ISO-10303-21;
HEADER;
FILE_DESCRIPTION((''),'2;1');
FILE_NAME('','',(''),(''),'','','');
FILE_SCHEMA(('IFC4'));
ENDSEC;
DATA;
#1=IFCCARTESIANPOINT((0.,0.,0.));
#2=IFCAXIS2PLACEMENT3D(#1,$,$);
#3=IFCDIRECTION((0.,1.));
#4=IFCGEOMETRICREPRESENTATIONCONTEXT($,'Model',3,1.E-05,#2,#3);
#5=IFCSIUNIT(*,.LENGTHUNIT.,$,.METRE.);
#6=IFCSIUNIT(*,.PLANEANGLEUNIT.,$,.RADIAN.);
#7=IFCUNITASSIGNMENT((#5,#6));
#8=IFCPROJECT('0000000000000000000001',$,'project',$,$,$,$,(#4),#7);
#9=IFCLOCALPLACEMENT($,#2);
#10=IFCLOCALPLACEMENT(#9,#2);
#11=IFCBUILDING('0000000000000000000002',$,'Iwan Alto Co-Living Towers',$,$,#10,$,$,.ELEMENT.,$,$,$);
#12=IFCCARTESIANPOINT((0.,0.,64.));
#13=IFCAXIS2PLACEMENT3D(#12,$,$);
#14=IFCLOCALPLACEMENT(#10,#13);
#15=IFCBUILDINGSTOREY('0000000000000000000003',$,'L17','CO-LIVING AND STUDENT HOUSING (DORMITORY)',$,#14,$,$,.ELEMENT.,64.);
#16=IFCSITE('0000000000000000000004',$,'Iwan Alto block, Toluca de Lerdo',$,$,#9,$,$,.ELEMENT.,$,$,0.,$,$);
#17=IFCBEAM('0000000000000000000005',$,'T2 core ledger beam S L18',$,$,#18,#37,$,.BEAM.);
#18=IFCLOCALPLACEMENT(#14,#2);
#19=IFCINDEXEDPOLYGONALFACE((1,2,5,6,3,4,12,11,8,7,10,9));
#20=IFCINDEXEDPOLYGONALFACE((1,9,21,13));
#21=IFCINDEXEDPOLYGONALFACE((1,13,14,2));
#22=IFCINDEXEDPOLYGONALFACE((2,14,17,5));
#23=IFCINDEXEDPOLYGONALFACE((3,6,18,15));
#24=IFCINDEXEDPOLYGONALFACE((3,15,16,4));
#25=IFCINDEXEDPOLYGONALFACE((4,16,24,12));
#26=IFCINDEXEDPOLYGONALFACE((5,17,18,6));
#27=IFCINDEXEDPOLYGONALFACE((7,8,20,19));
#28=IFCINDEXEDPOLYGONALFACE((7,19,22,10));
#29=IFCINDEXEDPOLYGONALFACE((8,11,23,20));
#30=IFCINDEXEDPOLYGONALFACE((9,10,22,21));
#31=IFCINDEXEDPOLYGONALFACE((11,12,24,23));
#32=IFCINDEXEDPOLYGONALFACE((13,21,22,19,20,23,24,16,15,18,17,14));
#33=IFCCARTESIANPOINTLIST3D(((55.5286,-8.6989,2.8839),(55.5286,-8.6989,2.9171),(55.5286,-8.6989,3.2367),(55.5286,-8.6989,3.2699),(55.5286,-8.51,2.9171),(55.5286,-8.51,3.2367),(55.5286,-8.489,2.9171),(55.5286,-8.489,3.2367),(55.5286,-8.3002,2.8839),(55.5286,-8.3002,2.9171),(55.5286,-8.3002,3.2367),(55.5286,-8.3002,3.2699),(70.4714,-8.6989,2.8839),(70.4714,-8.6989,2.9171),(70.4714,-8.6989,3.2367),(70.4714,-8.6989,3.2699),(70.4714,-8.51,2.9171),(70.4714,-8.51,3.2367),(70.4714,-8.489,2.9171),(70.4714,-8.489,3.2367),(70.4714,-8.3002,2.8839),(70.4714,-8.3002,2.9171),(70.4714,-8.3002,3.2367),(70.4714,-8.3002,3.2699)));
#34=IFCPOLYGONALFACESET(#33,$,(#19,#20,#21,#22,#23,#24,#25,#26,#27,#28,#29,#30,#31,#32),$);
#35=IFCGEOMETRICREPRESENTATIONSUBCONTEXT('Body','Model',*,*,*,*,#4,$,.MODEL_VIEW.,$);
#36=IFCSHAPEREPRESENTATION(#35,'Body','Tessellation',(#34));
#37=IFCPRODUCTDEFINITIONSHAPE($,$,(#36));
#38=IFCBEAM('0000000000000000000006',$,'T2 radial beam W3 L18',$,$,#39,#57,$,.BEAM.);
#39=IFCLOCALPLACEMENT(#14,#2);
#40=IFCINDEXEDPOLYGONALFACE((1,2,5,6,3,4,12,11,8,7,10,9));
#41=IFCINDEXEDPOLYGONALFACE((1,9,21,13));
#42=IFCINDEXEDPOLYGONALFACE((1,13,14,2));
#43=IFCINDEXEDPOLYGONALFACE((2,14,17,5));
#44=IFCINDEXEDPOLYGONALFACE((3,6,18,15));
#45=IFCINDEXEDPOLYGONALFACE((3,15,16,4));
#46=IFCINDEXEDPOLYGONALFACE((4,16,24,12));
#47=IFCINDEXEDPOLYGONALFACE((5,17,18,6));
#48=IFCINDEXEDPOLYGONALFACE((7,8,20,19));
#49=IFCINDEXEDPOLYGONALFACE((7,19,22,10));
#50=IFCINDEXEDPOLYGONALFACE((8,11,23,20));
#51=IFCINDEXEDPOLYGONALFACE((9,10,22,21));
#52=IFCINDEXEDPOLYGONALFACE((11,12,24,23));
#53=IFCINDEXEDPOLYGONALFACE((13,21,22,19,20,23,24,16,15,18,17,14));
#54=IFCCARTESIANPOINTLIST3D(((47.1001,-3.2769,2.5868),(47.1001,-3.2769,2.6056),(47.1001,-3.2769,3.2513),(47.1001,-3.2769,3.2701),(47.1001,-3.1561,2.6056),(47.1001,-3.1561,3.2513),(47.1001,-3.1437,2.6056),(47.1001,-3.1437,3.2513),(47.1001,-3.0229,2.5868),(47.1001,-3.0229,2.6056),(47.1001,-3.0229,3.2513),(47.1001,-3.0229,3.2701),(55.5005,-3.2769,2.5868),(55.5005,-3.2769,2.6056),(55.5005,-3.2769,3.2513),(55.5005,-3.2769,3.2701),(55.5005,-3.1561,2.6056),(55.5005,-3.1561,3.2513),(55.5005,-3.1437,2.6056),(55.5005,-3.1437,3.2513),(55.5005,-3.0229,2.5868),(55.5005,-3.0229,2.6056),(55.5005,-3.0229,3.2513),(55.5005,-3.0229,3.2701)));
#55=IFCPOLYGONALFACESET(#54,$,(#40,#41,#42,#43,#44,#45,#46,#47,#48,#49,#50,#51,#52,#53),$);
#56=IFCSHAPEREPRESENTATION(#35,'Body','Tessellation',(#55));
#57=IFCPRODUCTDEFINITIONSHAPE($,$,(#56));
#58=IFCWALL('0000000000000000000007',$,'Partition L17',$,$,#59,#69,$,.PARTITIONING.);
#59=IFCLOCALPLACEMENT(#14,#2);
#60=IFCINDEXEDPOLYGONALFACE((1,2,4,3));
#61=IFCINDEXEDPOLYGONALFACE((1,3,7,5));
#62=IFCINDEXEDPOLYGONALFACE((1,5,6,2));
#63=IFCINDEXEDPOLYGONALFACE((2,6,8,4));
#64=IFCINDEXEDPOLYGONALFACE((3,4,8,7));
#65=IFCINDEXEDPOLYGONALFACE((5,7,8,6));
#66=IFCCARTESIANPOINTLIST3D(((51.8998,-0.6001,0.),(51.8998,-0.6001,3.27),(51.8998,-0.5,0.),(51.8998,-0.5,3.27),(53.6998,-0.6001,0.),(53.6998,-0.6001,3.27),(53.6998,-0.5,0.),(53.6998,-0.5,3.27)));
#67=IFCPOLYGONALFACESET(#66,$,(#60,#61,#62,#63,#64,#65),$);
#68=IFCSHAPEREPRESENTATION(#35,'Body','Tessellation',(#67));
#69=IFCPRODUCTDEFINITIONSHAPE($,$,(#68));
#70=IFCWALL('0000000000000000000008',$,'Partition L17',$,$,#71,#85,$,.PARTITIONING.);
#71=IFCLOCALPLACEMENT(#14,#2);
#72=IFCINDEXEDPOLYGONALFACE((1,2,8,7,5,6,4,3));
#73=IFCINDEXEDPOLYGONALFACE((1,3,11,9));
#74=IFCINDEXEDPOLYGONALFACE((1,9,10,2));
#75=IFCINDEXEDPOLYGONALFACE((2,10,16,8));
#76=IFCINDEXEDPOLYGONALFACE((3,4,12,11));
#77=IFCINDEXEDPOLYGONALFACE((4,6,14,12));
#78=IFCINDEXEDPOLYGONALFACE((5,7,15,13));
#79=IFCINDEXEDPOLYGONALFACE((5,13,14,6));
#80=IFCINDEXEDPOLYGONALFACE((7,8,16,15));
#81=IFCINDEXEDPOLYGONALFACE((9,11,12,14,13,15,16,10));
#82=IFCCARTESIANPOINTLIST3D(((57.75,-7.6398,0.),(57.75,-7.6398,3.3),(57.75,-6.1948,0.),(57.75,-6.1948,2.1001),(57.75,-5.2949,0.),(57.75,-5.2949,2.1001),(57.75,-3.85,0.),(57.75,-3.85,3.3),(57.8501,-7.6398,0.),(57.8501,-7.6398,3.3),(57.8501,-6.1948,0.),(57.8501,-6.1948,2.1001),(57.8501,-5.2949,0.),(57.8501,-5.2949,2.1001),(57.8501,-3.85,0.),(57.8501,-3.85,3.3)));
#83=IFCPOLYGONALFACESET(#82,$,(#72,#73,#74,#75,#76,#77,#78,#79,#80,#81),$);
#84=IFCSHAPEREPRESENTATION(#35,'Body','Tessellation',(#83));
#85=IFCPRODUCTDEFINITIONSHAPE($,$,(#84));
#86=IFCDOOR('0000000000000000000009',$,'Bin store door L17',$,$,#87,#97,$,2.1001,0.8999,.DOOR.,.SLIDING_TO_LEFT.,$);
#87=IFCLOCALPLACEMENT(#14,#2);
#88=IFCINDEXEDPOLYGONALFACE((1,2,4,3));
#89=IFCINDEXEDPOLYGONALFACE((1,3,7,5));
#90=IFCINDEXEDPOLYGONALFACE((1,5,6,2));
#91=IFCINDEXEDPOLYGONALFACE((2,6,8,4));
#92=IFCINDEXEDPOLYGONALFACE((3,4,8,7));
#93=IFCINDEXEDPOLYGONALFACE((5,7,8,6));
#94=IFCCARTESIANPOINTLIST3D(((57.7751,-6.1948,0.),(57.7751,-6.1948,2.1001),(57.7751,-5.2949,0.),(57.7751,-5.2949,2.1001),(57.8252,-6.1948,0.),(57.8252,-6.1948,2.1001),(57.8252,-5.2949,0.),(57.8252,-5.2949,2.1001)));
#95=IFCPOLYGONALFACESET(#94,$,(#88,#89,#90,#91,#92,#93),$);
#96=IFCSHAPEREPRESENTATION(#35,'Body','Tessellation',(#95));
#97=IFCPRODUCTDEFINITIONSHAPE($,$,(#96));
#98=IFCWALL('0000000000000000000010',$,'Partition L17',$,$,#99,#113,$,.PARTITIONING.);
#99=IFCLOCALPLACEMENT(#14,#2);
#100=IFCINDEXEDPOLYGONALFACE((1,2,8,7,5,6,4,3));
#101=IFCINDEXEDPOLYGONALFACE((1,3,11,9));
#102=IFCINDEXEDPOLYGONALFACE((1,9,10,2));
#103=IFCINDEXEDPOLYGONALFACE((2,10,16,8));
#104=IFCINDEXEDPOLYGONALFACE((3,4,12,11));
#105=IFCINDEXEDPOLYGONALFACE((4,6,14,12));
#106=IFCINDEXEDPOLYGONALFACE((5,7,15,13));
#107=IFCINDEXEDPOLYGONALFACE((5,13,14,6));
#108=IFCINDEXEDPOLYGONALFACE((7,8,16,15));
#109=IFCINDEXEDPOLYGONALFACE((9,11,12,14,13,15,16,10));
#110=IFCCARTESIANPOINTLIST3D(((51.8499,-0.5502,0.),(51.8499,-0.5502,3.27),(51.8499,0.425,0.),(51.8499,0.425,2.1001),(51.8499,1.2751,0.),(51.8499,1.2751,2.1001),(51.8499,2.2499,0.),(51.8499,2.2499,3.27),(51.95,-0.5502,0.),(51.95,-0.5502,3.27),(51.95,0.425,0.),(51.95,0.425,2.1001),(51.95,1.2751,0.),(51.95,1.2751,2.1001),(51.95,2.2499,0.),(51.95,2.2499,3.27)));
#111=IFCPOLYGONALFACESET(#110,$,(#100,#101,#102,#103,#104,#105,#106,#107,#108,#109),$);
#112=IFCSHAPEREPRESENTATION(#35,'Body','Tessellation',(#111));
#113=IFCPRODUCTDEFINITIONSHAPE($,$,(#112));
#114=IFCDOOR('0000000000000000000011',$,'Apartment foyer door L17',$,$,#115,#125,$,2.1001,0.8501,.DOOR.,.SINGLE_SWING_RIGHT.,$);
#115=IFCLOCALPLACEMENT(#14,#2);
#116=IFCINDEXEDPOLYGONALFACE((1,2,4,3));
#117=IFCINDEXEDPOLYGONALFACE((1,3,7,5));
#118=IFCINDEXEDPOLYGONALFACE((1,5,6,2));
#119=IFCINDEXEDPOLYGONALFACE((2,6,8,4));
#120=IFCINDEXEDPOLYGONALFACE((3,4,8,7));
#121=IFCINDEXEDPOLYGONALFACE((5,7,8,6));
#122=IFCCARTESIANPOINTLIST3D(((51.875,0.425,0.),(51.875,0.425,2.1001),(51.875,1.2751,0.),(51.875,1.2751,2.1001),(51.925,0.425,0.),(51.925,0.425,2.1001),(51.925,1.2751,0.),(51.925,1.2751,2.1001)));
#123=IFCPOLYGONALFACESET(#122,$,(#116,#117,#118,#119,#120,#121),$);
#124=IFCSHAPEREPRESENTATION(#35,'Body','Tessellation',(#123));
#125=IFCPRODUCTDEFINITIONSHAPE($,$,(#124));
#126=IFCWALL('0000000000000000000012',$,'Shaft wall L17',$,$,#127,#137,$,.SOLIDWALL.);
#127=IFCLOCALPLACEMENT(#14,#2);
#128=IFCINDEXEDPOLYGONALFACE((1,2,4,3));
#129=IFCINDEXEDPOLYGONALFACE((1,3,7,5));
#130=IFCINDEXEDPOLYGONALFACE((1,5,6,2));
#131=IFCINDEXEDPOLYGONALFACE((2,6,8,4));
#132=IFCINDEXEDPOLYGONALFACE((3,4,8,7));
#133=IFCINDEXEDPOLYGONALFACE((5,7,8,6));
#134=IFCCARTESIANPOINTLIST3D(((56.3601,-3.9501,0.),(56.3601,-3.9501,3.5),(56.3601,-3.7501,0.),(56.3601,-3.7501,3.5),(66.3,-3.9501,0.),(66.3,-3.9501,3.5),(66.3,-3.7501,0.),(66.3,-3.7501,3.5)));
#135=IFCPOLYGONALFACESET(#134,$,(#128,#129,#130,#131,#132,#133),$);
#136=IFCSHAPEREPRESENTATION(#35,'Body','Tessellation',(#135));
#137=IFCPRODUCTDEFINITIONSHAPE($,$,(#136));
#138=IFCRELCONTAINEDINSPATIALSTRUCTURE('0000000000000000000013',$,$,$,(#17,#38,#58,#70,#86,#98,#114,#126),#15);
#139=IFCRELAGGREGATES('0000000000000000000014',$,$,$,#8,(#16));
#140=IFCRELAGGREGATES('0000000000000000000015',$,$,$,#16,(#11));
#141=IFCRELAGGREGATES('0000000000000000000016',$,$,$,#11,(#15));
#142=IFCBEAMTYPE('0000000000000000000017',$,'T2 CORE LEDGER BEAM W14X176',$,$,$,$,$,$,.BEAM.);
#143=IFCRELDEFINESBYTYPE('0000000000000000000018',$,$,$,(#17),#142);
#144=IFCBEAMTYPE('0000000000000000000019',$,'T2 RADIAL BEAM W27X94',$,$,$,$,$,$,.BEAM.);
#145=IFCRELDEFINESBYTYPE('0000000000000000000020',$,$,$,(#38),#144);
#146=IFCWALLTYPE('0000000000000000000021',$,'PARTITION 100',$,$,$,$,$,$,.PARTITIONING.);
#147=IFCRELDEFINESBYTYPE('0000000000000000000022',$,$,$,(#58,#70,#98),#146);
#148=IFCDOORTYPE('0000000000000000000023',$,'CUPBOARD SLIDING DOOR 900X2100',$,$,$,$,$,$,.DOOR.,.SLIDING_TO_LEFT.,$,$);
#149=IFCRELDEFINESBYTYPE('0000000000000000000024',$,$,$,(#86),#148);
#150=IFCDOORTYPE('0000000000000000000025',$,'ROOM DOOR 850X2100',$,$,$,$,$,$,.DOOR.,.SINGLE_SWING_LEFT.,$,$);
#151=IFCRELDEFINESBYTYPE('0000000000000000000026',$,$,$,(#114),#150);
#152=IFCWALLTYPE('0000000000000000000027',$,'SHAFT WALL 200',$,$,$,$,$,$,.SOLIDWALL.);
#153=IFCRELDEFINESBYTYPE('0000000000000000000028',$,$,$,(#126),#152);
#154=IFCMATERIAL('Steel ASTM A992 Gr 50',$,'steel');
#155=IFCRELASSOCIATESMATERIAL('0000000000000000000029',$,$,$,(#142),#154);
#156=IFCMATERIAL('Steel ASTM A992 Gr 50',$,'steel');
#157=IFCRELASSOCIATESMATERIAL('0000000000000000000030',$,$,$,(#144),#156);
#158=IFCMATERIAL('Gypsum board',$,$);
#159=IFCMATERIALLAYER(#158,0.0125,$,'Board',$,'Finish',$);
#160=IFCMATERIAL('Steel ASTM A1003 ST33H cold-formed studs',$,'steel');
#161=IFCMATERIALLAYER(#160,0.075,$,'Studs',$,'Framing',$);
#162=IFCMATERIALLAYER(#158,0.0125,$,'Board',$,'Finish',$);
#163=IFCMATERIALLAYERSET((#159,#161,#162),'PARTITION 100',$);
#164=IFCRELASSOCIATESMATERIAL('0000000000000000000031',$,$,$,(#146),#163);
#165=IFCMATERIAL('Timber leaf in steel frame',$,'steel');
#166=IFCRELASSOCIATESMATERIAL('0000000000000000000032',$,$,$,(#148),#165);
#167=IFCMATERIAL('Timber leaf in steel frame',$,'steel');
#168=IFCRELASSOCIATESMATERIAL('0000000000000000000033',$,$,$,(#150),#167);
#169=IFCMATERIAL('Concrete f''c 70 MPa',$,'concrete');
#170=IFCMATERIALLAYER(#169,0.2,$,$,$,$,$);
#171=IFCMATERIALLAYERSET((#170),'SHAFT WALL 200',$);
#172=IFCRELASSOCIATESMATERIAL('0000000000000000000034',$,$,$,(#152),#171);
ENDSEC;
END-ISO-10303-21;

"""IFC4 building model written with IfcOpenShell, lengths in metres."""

from ifc_helpers import new_model, si_unit, direction, frame, frame_2d, origin, origin_2d, place, context, subcontext, project, spatial, rectangle, i_section, extrude, material, layer, layer_set, material_profile, profile_set, type_object, element, fill, save


model = new_model("IFC4")

# Units and contexts
model_context = context("Model", 3, precision=1e-05, world=origin(), true_north=direction((0.0, 1.0)))
body_context = subcontext(model_context, "Body", "Model", "MODEL_VIEW")
ifc_project = project(units=[si_unit("LENGTHUNIT", "METRE"), si_unit("PLANEANGLEUNIT", "RADIAN")], contexts=[model_context])

# Site, building, storey
site_placement = place(None, origin())
site = spatial("IfcSite", under=ifc_project, at=site_placement, Name="Iwan Alto block, Toluca de Lerdo", CompositionType="ELEMENT", RefElevation=0.0)
building_placement = place(site_placement, origin())
building = spatial("IfcBuilding", under=site, at=building_placement, Name="Iwan Alto Co-Living Towers", CompositionType="ELEMENT")
storey_placement = place(building_placement, frame((0.0, 0.0, 64.0)))
storey = spatial("IfcBuildingStorey", under=building, at=storey_placement, Name="L17", Description="CO-LIVING AND STUDENT HOUSING (DORMITORY)", CompositionType="ELEMENT", Elevation=64.0)

# Beams
ifc_material_1 = material(Name="Steel ASTM A992 Gr 50", Category="steel")
ifc_material_profile_1 = material_profile(ifc_material_1, i_section(OverallWidth=0.3987, OverallDepth=0.386, WebThickness=0.021, FlangeThickness=0.0332, at=origin_2d()), Name="W14X176")
ifc_profile_set_1 = profile_set([ifc_material_profile_1], Name="Steel ASTM A992 Gr 50")
beam_type_1 = type_object("IfcBeamType", Name="T2 CORE LEDGER BEAM W14X176", PredefinedType="BEAM", material=ifc_profile_set_1)
beam_1_placement = place(storey_placement, frame((55.5286, -8.4995, 3.0769), z_axis=(1.0, 0.0, 0.0), x_axis=(0.0, 1.0, 0.0)))
element("IfcBeam", 1, at=beam_1_placement, inside=storey, type_object=beam_type_1, Name="T2 core ledger beam S L18", PredefinedType="BEAM", context=body_context, shape_type="SweptSolid", body=[
    extrude(i_section(OverallWidth=0.3987, OverallDepth=0.386, WebThickness=0.021, FlangeThickness=0.0332, at=origin_2d()), origin(), (0.0, 0.0, 1.0), 14.9429),
])
ifc_material_2 = material(Name="Steel ASTM A992 Gr 50", Category="steel")
ifc_material_profile_2 = material_profile(ifc_material_2, i_section(OverallWidth=0.2539, OverallDepth=0.6833, WebThickness=0.0125, FlangeThickness=0.0188, at=origin_2d()), Name="W27X94")
ifc_profile_set_2 = profile_set([ifc_material_profile_2], Name="Steel ASTM A992 Gr 50")
beam_type_2 = type_object("IfcBeamType", Name="T2 RADIAL BEAM W27X94", PredefinedType="BEAM", material=ifc_profile_set_2)
beam_2_placement = place(storey_placement, frame((47.1001, -3.1499, 2.9285), z_axis=(1.0, 0.0, 0.0), x_axis=(0.0, 1.0, 0.0)))
element("IfcBeam", 2, at=beam_2_placement, inside=storey, type_object=beam_type_2, Name="T2 radial beam W3 L18", PredefinedType="BEAM", context=body_context, shape_type="SweptSolid", body=[
    extrude(i_section(OverallWidth=0.2539, OverallDepth=0.6833, WebThickness=0.0125, FlangeThickness=0.0188, at=origin_2d()), origin(), (0.0, 0.0, 1.0), 8.4004),
])

# Wall
ifc_material_3 = material(Name="Gypsum board")
ifc_layer_1 = layer(ifc_material_3, 0.0125, Name="Board", Category="Finish")
ifc_material_4 = material(Name="Steel ASTM A1003 ST33H cold-formed studs", Category="steel")
ifc_layer_2 = layer(ifc_material_4, 0.075, Name="Studs", Category="Framing")
ifc_layer_3 = layer(ifc_material_3, 0.0125, Name="Board", Category="Finish")
ifc_layer_set_1 = layer_set([ifc_layer_1, ifc_layer_2, ifc_layer_3], Name="PARTITION 100")
wall_type_1 = type_object("IfcWallType", Name="PARTITION 100", PredefinedType="PARTITIONING", material=ifc_layer_set_1)
wall_1_placement = place(storey_placement, frame((51.8999, -0.55, 0.0), z_axis=(0.0, 0.0, 1.0), x_axis=(1.0, 0.0, 0.0)))
element("IfcWall", 3, at=wall_1_placement, inside=storey, type_object=wall_type_1, Name="Partition L17", PredefinedType="PARTITIONING", context=body_context, shape_type="SweptSolid", body=[
    extrude(rectangle(XDim=1.8, YDim=0.1001, at=frame_2d((0.8999, 0.0))), origin(), (0.0, 0.0, 1.0), 3.27),
])

# Walls, openings, doors
wall_2_placement = place(storey_placement, frame((57.8, -7.6399, 0.0), z_axis=(0.0, 0.0, 1.0), x_axis=(0.0, 1.0, 0.0)))
wall_2 = element("IfcWall", 4, at=wall_2_placement, inside=storey, type_object=wall_type_1, Name="Partition L17", PredefinedType="PARTITIONING", context=body_context, shape_type="SweptSolid", body=[
    extrude(rectangle(XDim=3.7898, YDim=0.1001, at=frame_2d((1.895, 0.0))), origin(), (0.0, 0.0, 1.0), 3.3),
])
opening_1_placement = place(wall_2_placement, frame((1.4451, 0.0, 0.0)))
opening_1 = element("IfcOpeningElement", 5, at=opening_1_placement, cuts=wall_2, PredefinedType="OPENING", context=body_context, shape_type="SweptSolid", body=[
    extrude(rectangle(XDim=0.8999, YDim=2.1001, at=frame_2d((0.45, 1.05))), frame((0.0, 0.0601, 0.0), z_axis=(0.0, -1.0, 0.0), x_axis=(1.0, 0.0, 0.0)), (0.0, 0.0, 1.0), 0.1201),
])
ifc_material_5 = material(Name="Timber leaf in steel frame", Category="steel")
door_type_1 = type_object("IfcDoorType", Name="CUPBOARD SLIDING DOOR 900X2100", OperationType="SLIDING_TO_LEFT", PredefinedType="DOOR", material=ifc_material_5)
door_1_placement = place(opening_1_placement, origin())
door_1 = element("IfcDoor", 6, at=door_1_placement, inside=storey, type_object=door_type_1, Name="Bin store door L17", OperationType="SLIDING_TO_LEFT", OverallHeight=2.1001, OverallWidth=0.8999, PredefinedType="DOOR", context=body_context, shape_type="SweptSolid", body=[
    extrude(rectangle(XDim=0.8999, YDim=2.1001, at=frame_2d((0.45, 1.05))), frame((0.0, 0.0249, 0.0), z_axis=(0.0, -1.0, 0.0), x_axis=(1.0, 0.0, 0.0)), (0.0, 0.0, 1.0), 0.05),
])
fill(opening_1, door_1)
wall_3_placement = place(storey_placement, frame((51.8999, -0.55, 0.0), z_axis=(0.0, 0.0, 1.0), x_axis=(0.0, 1.0, 0.0)))
wall_3 = element("IfcWall", 7, at=wall_3_placement, inside=storey, type_object=wall_type_1, Name="Partition L17", PredefinedType="PARTITIONING", context=body_context, shape_type="SweptSolid", body=[
    extrude(rectangle(XDim=2.8, YDim=0.1001, at=frame_2d((1.3999, 0.0))), origin(), (0.0, 0.0, 1.0), 3.27),
])
opening_2_placement = place(wall_3_placement, frame((0.9751, 0.0, 0.0)))
opening_2 = element("IfcOpeningElement", 8, at=opening_2_placement, cuts=wall_3, PredefinedType="OPENING", context=body_context, shape_type="SweptSolid", body=[
    extrude(rectangle(XDim=0.8501, YDim=2.1001, at=frame_2d((0.425, 1.05))), frame((0.0, 0.0601, 0.0), z_axis=(0.0, -1.0, 0.0), x_axis=(1.0, 0.0, 0.0)), (0.0, 0.0, 1.0), 0.1201),
])
ifc_material_6 = material(Name="Timber leaf in steel frame", Category="steel")
door_type_2 = type_object("IfcDoorType", Name="ROOM DOOR 850X2100", OperationType="SINGLE_SWING_LEFT", PredefinedType="DOOR", material=ifc_material_6)
door_2_placement = place(opening_2_placement, origin())
door_2 = element("IfcDoor", 9, at=door_2_placement, inside=storey, type_object=door_type_2, Name="Apartment foyer door L17", OperationType="SINGLE_SWING_RIGHT", OverallHeight=2.1001, OverallWidth=0.8501, PredefinedType="DOOR", context=body_context, shape_type="SweptSolid", body=[
    extrude(rectangle(XDim=0.8501, YDim=2.1001, at=frame_2d((0.425, 1.05))), frame((0.0, 0.0249, 0.0), z_axis=(0.0, -1.0, 0.0), x_axis=(1.0, 0.0, 0.0)), (0.0, 0.0, 1.0), 0.05),
])
fill(opening_2, door_2)

# Wall
ifc_material_7 = material(Name="Concrete f'c 70 MPa", Category="concrete")
ifc_layer_4 = layer(ifc_material_7, 0.2)
ifc_layer_set_2 = layer_set([ifc_layer_4], Name="SHAFT WALL 200")
wall_type_2 = type_object("IfcWallType", Name="SHAFT WALL 200", PredefinedType="SOLIDWALL", material=ifc_layer_set_2)
wall_4_placement = place(storey_placement, frame((56.3601, -3.8501, 0.0), z_axis=(0.0, 0.0, 1.0), x_axis=(1.0, 0.0, 0.0)))
element("IfcWall", 10, at=wall_4_placement, inside=storey, type_object=wall_type_2, Name="Shaft wall L17", PredefinedType="SOLIDWALL", context=body_context, shape_type="SweptSolid", body=[
    extrude(rectangle(XDim=9.9399, YDim=0.2, at=frame_2d((4.97, 0.0))), origin(), (0.0, 0.0, 1.0), 3.5),
])

save(model, "model.ifc")
